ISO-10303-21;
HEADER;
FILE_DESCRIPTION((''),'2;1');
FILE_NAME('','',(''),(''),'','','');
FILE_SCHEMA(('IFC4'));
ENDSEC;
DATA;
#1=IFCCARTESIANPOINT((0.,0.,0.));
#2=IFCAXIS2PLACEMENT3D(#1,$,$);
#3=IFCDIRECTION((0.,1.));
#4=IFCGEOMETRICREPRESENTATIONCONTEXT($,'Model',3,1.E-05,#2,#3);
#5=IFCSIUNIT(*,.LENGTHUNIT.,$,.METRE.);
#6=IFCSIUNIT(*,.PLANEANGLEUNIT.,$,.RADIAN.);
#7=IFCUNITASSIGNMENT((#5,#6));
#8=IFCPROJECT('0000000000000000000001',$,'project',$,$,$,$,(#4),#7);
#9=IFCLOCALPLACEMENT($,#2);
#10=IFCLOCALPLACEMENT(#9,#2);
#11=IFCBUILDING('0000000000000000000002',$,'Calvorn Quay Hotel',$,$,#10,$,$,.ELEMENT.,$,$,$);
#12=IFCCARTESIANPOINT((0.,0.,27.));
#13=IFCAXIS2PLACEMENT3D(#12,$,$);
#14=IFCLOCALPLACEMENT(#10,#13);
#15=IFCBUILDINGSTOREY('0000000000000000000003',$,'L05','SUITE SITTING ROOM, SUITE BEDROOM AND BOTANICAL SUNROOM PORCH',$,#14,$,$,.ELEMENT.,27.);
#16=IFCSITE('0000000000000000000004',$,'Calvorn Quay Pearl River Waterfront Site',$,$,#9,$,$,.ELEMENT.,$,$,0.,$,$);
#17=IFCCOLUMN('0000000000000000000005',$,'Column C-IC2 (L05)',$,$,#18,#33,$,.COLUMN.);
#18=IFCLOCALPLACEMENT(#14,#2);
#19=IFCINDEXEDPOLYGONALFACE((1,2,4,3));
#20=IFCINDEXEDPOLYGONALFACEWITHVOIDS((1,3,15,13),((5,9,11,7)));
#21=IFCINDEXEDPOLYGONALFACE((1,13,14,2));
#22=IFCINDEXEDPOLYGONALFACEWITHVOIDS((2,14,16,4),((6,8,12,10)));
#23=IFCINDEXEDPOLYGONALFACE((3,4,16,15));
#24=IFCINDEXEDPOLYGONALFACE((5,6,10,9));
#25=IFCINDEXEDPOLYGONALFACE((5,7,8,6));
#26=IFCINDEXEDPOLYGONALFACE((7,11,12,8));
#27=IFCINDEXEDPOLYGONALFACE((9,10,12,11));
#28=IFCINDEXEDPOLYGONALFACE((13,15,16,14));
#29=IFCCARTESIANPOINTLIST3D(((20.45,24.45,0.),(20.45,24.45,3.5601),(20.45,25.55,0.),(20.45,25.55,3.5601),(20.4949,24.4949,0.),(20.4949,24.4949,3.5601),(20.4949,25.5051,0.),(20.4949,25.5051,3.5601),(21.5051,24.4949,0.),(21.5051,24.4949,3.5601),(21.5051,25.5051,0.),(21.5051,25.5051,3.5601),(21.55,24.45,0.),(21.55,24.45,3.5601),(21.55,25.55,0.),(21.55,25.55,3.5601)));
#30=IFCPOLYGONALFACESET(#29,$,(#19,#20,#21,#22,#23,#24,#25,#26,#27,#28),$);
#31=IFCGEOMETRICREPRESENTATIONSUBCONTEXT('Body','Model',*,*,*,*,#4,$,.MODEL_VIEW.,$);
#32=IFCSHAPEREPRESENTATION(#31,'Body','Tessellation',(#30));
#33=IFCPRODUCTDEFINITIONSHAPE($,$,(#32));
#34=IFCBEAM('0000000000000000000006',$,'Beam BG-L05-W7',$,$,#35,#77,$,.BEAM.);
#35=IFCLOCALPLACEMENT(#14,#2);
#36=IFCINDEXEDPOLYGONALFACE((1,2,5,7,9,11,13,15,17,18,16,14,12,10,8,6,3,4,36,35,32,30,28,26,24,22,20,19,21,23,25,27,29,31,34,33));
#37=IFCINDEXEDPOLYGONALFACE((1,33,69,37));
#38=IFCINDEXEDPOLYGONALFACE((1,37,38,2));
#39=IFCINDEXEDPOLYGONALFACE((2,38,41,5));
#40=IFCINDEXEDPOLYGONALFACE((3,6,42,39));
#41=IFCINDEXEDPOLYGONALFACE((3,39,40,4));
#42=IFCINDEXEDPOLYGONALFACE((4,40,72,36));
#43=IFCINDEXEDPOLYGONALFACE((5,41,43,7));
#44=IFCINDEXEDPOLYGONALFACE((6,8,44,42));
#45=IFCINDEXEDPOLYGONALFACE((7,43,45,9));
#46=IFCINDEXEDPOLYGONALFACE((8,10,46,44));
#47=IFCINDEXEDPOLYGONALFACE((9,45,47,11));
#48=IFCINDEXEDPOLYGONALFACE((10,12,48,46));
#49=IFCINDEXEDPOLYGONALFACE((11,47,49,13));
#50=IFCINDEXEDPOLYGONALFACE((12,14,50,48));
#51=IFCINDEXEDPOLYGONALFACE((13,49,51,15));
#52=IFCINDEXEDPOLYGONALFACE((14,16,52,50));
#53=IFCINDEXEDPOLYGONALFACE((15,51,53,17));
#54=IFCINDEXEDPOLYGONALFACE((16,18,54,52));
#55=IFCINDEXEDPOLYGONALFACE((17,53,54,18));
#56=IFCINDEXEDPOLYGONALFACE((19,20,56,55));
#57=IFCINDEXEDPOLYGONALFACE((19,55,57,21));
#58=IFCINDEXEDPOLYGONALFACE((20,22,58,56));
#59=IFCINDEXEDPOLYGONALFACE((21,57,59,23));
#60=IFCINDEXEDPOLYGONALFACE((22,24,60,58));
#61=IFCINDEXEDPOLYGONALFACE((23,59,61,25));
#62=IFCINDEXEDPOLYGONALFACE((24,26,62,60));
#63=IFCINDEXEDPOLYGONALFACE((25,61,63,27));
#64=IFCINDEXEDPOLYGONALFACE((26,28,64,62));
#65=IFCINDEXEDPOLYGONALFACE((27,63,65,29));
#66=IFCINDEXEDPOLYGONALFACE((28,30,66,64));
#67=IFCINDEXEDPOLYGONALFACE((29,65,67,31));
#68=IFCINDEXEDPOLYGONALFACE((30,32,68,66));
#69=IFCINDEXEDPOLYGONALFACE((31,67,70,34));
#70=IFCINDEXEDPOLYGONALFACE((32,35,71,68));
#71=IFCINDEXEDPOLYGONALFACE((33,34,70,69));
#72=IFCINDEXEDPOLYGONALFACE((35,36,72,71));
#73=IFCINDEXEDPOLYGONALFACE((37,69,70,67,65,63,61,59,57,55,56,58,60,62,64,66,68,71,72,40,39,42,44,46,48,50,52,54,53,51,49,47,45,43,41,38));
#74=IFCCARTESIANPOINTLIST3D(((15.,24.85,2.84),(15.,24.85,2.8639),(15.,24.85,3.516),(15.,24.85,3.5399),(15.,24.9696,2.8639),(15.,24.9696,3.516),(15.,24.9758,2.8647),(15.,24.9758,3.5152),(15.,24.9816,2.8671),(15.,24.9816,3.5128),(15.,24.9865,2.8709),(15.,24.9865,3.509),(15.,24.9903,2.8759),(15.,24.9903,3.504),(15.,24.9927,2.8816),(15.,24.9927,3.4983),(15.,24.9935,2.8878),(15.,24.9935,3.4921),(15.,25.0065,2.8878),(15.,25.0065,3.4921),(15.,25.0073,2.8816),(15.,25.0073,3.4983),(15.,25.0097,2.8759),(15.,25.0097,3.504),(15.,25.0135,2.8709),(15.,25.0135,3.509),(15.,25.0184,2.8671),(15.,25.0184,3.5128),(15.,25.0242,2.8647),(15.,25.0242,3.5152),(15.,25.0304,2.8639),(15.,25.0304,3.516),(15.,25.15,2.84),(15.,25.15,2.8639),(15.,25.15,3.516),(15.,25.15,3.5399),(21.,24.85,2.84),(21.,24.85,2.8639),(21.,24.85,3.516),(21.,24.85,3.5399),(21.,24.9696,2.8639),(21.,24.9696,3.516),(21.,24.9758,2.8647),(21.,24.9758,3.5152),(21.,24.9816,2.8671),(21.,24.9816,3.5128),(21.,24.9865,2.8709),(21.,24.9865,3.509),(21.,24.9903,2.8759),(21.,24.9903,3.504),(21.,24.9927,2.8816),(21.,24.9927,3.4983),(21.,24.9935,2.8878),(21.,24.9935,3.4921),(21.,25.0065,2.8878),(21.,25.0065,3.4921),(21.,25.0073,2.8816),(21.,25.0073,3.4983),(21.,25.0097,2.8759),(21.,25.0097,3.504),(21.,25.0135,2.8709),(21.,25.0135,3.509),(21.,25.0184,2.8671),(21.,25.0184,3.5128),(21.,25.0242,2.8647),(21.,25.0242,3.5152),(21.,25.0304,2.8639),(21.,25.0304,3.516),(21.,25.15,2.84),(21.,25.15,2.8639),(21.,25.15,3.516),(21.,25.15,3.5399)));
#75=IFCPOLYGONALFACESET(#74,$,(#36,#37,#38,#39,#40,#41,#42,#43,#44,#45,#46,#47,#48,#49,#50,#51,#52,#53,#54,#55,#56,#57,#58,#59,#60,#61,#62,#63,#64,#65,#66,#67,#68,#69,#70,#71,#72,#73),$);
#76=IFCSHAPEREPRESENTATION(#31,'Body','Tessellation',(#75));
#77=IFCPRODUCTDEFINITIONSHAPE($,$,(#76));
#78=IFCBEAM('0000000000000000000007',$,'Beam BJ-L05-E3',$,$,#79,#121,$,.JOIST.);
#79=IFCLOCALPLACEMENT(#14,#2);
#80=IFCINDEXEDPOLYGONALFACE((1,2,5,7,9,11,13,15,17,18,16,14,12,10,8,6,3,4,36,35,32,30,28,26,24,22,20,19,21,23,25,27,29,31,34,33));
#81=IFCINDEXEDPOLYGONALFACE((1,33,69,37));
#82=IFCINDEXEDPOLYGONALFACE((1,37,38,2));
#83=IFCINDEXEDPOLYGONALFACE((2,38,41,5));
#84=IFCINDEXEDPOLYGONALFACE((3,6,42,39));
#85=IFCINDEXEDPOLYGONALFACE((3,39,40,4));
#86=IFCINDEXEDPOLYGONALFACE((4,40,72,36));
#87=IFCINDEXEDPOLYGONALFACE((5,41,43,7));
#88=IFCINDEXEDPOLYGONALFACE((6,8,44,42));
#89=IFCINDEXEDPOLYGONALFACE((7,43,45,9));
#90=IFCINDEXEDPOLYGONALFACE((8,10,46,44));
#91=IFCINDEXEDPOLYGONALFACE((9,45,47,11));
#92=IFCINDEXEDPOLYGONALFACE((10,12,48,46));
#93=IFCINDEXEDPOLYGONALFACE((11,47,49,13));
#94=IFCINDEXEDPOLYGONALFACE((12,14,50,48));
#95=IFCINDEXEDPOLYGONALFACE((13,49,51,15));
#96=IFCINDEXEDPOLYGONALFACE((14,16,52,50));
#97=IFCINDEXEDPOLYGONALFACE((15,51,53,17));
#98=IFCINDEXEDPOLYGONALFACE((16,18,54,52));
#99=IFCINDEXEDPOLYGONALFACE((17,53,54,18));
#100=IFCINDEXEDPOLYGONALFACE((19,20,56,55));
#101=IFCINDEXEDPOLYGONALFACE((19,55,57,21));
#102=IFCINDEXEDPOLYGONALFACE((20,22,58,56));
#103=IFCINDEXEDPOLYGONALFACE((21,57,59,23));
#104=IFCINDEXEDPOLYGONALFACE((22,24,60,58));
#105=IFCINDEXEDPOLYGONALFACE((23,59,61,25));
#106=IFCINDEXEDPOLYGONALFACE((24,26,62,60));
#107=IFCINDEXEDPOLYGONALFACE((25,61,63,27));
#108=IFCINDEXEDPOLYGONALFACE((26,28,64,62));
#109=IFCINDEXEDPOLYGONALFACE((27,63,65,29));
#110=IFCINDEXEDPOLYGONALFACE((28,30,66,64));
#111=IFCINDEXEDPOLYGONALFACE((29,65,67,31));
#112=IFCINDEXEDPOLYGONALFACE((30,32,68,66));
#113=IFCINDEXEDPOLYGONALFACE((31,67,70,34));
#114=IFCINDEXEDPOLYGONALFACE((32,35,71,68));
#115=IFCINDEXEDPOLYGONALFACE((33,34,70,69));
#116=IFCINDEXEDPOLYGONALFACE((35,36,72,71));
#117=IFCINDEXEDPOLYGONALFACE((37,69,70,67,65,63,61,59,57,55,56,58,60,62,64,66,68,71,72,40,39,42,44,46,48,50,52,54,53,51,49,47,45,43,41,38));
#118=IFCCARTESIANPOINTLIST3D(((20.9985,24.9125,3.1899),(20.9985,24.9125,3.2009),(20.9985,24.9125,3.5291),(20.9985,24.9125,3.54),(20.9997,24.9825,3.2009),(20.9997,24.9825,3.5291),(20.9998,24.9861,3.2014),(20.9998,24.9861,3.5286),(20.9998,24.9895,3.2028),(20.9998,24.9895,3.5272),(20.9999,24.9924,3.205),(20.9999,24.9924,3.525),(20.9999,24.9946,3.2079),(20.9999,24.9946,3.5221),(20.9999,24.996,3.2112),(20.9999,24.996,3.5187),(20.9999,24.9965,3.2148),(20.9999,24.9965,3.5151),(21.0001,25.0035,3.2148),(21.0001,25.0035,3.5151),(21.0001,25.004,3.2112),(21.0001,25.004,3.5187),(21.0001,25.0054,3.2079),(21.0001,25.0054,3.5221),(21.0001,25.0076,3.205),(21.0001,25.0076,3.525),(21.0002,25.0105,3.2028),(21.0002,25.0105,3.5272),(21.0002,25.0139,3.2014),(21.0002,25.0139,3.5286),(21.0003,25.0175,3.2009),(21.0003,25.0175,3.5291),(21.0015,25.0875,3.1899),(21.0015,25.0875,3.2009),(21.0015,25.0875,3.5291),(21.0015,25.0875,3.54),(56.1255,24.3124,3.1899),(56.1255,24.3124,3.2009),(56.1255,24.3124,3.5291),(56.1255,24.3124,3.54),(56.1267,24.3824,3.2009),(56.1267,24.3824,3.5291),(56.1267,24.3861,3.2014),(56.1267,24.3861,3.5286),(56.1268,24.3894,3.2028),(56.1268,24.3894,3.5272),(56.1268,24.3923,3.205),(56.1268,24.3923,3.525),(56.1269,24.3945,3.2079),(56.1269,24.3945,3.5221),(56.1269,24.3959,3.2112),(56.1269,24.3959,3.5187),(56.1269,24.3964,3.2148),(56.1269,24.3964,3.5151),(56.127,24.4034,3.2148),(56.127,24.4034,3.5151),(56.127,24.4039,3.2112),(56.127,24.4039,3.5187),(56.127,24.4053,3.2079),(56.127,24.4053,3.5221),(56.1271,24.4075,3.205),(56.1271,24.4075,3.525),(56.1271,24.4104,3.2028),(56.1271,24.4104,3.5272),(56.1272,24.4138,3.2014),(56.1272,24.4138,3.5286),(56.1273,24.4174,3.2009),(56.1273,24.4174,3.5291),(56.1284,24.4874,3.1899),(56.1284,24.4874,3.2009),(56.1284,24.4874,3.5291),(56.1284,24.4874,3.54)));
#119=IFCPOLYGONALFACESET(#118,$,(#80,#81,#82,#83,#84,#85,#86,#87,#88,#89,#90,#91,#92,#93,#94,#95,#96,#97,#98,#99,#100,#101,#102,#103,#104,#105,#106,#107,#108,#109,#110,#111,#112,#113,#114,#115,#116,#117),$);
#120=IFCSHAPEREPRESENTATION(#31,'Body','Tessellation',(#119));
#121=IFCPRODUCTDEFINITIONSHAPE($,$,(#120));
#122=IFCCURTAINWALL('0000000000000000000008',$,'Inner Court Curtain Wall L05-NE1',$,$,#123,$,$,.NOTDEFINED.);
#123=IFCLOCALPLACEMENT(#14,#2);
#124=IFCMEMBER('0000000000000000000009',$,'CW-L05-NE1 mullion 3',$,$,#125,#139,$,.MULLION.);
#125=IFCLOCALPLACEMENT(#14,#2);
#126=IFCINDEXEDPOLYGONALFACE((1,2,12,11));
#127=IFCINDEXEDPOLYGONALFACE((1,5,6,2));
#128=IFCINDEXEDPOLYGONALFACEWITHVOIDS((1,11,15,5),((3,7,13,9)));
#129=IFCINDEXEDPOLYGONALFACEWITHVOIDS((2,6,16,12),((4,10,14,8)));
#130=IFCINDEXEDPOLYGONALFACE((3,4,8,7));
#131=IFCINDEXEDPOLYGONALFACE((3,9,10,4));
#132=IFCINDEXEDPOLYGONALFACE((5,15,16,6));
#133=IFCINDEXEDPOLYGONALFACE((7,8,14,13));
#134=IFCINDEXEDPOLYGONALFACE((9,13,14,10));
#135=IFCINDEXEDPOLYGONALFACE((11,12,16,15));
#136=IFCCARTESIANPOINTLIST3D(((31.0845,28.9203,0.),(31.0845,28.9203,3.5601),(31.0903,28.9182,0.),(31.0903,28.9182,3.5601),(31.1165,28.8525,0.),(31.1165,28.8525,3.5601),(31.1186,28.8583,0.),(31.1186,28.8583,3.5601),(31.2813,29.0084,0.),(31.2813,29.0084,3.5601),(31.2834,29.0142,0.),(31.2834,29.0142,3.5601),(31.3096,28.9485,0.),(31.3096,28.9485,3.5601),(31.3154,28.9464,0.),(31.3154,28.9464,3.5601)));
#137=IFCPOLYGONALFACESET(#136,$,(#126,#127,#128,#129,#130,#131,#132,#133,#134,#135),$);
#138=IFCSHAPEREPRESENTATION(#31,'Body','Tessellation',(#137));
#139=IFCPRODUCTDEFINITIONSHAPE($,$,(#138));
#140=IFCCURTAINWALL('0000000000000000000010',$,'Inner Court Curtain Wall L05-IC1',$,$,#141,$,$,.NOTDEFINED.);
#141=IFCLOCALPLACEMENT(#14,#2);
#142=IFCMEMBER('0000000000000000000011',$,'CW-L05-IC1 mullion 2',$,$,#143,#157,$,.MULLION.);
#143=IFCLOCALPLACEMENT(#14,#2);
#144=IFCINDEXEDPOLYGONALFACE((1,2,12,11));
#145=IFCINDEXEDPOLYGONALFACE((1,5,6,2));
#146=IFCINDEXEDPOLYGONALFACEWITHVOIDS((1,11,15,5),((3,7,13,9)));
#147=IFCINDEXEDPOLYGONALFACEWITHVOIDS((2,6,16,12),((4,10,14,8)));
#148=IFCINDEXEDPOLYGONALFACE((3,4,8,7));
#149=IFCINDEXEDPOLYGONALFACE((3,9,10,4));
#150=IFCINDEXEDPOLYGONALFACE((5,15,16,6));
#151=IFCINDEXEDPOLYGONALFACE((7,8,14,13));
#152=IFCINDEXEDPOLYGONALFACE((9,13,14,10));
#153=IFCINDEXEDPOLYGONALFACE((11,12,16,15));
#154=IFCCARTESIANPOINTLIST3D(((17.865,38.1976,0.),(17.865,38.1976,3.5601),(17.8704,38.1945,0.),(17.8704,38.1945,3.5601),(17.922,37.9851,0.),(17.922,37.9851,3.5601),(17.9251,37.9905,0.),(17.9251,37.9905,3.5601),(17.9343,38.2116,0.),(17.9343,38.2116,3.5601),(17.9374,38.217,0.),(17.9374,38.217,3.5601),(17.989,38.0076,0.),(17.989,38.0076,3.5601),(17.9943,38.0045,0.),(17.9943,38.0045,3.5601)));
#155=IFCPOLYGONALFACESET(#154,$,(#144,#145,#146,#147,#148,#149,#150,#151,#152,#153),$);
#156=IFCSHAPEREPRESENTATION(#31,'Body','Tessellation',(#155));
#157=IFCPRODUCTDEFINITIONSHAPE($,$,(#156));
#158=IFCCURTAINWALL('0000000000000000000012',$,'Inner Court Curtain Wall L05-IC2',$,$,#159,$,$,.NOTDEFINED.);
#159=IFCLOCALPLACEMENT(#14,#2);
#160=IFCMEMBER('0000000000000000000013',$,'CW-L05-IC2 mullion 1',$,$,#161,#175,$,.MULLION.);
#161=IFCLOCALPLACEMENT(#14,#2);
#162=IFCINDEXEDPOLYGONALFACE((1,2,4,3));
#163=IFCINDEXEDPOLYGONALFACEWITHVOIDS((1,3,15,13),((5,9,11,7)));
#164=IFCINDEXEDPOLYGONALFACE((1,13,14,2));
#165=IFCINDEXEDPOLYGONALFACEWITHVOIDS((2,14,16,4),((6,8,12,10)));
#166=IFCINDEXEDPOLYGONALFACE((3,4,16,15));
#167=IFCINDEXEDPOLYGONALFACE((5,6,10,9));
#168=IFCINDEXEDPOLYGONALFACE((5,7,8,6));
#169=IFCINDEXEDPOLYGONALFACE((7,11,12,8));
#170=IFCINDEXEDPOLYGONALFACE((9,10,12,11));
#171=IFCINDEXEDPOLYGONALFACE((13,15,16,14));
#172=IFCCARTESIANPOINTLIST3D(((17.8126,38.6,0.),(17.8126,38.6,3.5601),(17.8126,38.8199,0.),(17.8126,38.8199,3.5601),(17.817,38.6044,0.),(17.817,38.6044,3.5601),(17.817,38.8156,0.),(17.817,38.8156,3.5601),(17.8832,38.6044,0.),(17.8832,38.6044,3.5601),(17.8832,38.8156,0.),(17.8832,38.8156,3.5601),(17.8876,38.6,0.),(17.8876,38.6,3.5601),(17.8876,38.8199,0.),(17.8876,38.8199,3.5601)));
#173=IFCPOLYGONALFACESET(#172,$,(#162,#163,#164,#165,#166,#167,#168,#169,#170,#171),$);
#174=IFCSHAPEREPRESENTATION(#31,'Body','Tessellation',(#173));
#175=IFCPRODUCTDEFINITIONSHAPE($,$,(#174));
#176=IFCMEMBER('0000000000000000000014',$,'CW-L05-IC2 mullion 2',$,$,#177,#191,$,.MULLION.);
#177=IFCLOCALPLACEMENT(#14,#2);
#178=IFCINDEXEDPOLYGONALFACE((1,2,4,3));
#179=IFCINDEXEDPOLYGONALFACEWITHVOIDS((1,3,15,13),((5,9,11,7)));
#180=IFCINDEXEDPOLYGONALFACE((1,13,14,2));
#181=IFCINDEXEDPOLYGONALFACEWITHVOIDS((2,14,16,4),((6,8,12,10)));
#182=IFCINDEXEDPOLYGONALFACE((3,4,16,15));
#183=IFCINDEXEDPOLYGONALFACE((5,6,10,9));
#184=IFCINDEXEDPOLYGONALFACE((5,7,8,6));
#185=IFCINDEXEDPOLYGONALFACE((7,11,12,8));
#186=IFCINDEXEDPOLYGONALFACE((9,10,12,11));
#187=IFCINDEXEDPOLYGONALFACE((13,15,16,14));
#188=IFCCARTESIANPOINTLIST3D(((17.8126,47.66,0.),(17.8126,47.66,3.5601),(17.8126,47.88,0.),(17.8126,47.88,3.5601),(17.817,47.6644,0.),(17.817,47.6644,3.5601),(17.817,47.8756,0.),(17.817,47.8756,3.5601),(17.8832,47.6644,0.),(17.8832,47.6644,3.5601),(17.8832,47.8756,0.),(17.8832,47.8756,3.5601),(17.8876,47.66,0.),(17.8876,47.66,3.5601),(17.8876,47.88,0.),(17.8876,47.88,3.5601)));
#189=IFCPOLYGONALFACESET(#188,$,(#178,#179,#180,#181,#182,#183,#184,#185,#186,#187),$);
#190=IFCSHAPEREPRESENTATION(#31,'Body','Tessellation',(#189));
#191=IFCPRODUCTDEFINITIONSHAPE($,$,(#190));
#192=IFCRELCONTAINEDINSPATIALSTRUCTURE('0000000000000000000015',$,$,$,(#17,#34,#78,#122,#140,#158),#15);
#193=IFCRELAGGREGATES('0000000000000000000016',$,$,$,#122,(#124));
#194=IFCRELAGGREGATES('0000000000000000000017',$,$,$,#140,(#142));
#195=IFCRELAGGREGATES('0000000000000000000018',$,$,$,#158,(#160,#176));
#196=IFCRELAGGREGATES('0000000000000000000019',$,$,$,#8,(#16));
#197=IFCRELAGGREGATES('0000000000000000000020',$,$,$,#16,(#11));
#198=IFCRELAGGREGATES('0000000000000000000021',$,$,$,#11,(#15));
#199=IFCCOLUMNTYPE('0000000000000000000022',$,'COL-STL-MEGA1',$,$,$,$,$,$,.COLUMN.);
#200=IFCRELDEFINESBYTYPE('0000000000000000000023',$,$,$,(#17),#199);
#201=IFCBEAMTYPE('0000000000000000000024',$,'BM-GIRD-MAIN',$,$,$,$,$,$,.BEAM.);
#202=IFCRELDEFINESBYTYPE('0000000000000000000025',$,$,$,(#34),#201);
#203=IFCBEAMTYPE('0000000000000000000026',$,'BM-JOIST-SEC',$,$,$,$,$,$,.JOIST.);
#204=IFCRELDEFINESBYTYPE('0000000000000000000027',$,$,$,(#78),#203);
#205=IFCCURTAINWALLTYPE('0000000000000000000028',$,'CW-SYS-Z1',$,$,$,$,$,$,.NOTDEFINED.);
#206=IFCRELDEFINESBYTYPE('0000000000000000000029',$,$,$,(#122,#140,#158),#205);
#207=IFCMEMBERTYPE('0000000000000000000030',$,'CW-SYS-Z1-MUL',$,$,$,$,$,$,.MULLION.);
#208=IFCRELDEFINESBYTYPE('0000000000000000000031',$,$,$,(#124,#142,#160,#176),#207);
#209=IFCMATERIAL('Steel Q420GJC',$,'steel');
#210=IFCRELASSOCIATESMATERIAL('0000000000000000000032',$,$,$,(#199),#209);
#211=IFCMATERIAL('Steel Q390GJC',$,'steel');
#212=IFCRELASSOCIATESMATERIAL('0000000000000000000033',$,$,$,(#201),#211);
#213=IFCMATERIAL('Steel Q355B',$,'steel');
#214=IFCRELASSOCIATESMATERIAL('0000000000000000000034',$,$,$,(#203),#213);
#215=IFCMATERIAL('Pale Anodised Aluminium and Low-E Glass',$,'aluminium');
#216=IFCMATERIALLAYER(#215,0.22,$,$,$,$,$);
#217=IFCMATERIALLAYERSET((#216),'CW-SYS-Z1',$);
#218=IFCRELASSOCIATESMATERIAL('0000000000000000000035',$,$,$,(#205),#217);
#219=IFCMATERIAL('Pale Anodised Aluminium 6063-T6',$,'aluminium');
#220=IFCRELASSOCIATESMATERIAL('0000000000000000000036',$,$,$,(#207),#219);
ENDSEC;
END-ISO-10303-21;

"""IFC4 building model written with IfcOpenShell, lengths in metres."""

from ifc_helpers import new_model, si_unit, direction, frame, origin, origin_2d, place, context, subcontext, project, spatial, hollow_rectangle, i_section, extrude, material, layer, layer_set, material_profile, profile_set, type_object, element, aggregate, save


model = new_model("IFC4")

# Units and contexts
model_context = context("Model", 3, precision=1e-05, world=origin(), true_north=direction((0.0, 1.0)))
body_context = subcontext(model_context, "Body", "Model", "MODEL_VIEW")
ifc_project = project(units=[si_unit("LENGTHUNIT", "METRE"), si_unit("PLANEANGLEUNIT", "RADIAN")], contexts=[model_context])

# Site, building, storey
site_placement = place(None, origin())
site = spatial("IfcSite", under=ifc_project, at=site_placement, Name="Calvorn Quay Pearl River Waterfront Site", CompositionType="ELEMENT", RefElevation=0.0)
building_placement = place(site_placement, origin())
building = spatial("IfcBuilding", under=site, at=building_placement, Name="Calvorn Quay Hotel", CompositionType="ELEMENT")
storey_placement = place(building_placement, frame((0.0, 0.0, 27.0)))
storey = spatial("IfcBuildingStorey", under=building, at=storey_placement, Name="L05", Description="SUITE SITTING ROOM, SUITE BEDROOM AND BOTANICAL SUNROOM PORCH", CompositionType="ELEMENT", Elevation=27.0)

# Column
ifc_material_1 = material(Name="Steel Q420GJC", Category="steel")
ifc_material_profile_1 = material_profile(ifc_material_1, hollow_rectangle(XDim=1.1001, YDim=1.1001, WallThickness=0.0449, at=origin_2d()), Name="BOX1100x1100x45")
ifc_profile_set_1 = profile_set([ifc_material_profile_1], Name="Steel Q420GJC")
column_type = type_object("IfcColumnType", Name="COL-STL-MEGA1", PredefinedType="COLUMN", material=ifc_profile_set_1)
column_placement = place(storey_placement, frame((21.0, 25.0, 0.0), z_axis=(0.0, 0.0, 1.0), x_axis=(1.0, 0.0, 0.0)))
element("IfcColumn", 1, at=column_placement, inside=storey, type_object=column_type, Name="Column C-IC2 (L05)", PredefinedType="COLUMN", context=body_context, shape_type="SweptSolid", body=[
    extrude(hollow_rectangle(XDim=1.1001, YDim=1.1001, WallThickness=0.0449, at=origin_2d()), origin(), (0.0, 0.0, 1.0), 3.5601),
])

# Beams
ifc_material_2 = material(Name="Steel Q390GJC", Category="steel")
ifc_material_profile_2 = material_profile(ifc_material_2, i_section(OverallWidth=0.3, OverallDepth=0.7, WebThickness=0.0129, FlangeThickness=0.0239, FilletRadius=0.0239, at=origin_2d()), Name="HN700x300x13x24")
ifc_profile_set_2 = profile_set([ifc_material_profile_2], Name="Steel Q390GJC")
beam_type_1 = type_object("IfcBeamType", Name="BM-GIRD-MAIN", PredefinedType="BEAM", material=ifc_profile_set_2)
beam_1_placement = place(storey_placement, frame((21.0, 25.0, 3.1899), z_axis=(-1.0, 0.0, 0.0), x_axis=(0.0, -1.0, 0.0)))
element("IfcBeam", 2, at=beam_1_placement, inside=storey, type_object=beam_type_1, Name="Beam BG-L05-W7", PredefinedType="BEAM", context=body_context, shape_type="SweptSolid", body=[
    extrude(i_section(OverallWidth=0.3, OverallDepth=0.7, WebThickness=0.0129, FlangeThickness=0.0239, FilletRadius=0.0239, at=origin_2d()), origin(), (0.0, 0.0, 1.0), 6.0),
])
ifc_material_3 = material(Name="Steel Q355B", Category="steel")
ifc_material_profile_3 = material_profile(ifc_material_3, i_section(OverallWidth=0.175, OverallDepth=0.3501, WebThickness=0.0071, FlangeThickness=0.011, FilletRadius=0.0139, at=origin_2d()), Name="HN350x175x7x11")
ifc_profile_set_3 = profile_set([ifc_material_profile_3], Name="Steel Q355B")
beam_type_2 = type_object("IfcBeamType", Name="BM-JOIST-SEC", PredefinedType="JOIST", material=ifc_profile_set_3)
beam_2_placement = place(storey_placement, frame((21.0, 25.0, 3.365), z_axis=(0.999854, -0.017081, 0.0), x_axis=(0.017081, 0.999854, 0.0)))
element("IfcBeam", 3, at=beam_2_placement, inside=storey, type_object=beam_type_2, Name="Beam BJ-L05-E3", PredefinedType="JOIST", context=body_context, shape_type="SweptSolid", body=[
    extrude(i_section(OverallWidth=0.175, OverallDepth=0.3501, WebThickness=0.0071, FlangeThickness=0.011, FilletRadius=0.0139, at=origin_2d()), origin(), (0.0, 0.0, 1.0), 35.1321),
])

# Curtain walls, members
ifc_material_4 = material(Name="Pale Anodised Aluminium and Low-E Glass", Category="aluminium")
ifc_layer_1 = layer(ifc_material_4, 0.22)
ifc_layer_set_1 = layer_set([ifc_layer_1], Name="CW-SYS-Z1")
curtain_wall_type = type_object("IfcCurtainWallType", Name="CW-SYS-Z1", PredefinedType="NOTDEFINED", material=ifc_layer_set_1)
curtain_wall_1_placement = place(storey_placement, origin())
curtain_wall_1 = element("IfcCurtainWall", 4, at=curtain_wall_1_placement, inside=storey, type_object=curtain_wall_type, Name="Inner Court Curtain Wall L05-NE1", PredefinedType="NOTDEFINED")
ifc_material_5 = material(Name="Pale Anodised Aluminium 6063-T6", Category="aluminium")
ifc_material_profile_4 = material_profile(ifc_material_5, hollow_rectangle(XDim=0.075, YDim=0.22, WallThickness=0.0044, at=origin_2d()), Name="ALU-M220x75x4.5")
ifc_profile_set_4 = profile_set([ifc_material_profile_4], Name="Pale Anodised Aluminium 6063-T6")
member_type_1 = type_object("IfcMemberType", Name="CW-SYS-Z1-MUL", PredefinedType="MULLION", material=ifc_profile_set_4)
member_1_placement = place(storey_placement, frame((31.2, 28.9333, 0.0), z_axis=(0.0, 0.0, 1.0), x_axis=(0.427006, -0.904249, 0.0)))
member_1 = element("IfcMember", 5, at=member_1_placement, type_object=member_type_1, Name="CW-L05-NE1 mullion 3", PredefinedType="MULLION", context=body_context, shape_type="SweptSolid", body=[
    extrude(hollow_rectangle(XDim=0.075, YDim=0.22, WallThickness=0.0044, at=origin_2d()), origin(), (0.0, 0.0, 1.0), 3.5601),
])
curtain_wall_2_placement = place(storey_placement, origin())
curtain_wall_2 = element("IfcCurtainWall", 6, at=curtain_wall_2_placement, inside=storey, type_object=curtain_wall_type, Name="Inner Court Curtain Wall L05-IC1", PredefinedType="NOTDEFINED")
member_2_placement = place(storey_placement, frame((17.9297, 38.1011, 0.0), z_axis=(0.0, 0.0, 1.0), x_axis=(-0.965937, -0.258779, 0.0)))
member_2 = element("IfcMember", 7, at=member_2_placement, type_object=member_type_1, Name="CW-L05-IC1 mullion 2", PredefinedType="MULLION", context=body_context, shape_type="SweptSolid", body=[
    extrude(hollow_rectangle(XDim=0.075, YDim=0.22, WallThickness=0.0044, at=origin_2d()), origin(), (0.0, 0.0, 1.0), 3.5601),
])

# Curtain wall, members
curtain_wall_3_placement = place(storey_placement, origin())
curtain_wall_3 = element("IfcCurtainWall", 8, at=curtain_wall_3_placement, inside=storey, type_object=curtain_wall_type, Name="Inner Court Curtain Wall L05-IC2", PredefinedType="NOTDEFINED")
member_3_placement = place(storey_placement, frame((17.8501, 38.71, 0.0), z_axis=(0.0, 0.0, 1.0), x_axis=(-1.0, 0.0, 0.0)))
member_3 = element("IfcMember", 9, at=member_3_placement, type_object=member_type_1, Name="CW-L05-IC2 mullion 1", PredefinedType="MULLION", context=body_context, shape_type="SweptSolid", body=[
    extrude(hollow_rectangle(XDim=0.075, YDim=0.22, WallThickness=0.0044, at=origin_2d()), origin(), (0.0, 0.0, 1.0), 3.5601),
])
member_4_placement = place(storey_placement, frame((17.8501, 47.77, 0.0), z_axis=(0.0, 0.0, 1.0), x_axis=(-1.0, 0.0, 0.0)))
member_4 = element("IfcMember", 10, at=member_4_placement, type_object=member_type_1, Name="CW-L05-IC2 mullion 2", PredefinedType="MULLION", context=body_context, shape_type="SweptSolid", body=[
    extrude(hollow_rectangle(XDim=0.075, YDim=0.22, WallThickness=0.0044, at=origin_2d()), origin(), (0.0, 0.0, 1.0), 3.5601),
])

aggregate(curtain_wall_1, [member_1])
aggregate(curtain_wall_2, [member_2])
aggregate(curtain_wall_3, [member_3, member_4])

save(model, "model.ifc")
